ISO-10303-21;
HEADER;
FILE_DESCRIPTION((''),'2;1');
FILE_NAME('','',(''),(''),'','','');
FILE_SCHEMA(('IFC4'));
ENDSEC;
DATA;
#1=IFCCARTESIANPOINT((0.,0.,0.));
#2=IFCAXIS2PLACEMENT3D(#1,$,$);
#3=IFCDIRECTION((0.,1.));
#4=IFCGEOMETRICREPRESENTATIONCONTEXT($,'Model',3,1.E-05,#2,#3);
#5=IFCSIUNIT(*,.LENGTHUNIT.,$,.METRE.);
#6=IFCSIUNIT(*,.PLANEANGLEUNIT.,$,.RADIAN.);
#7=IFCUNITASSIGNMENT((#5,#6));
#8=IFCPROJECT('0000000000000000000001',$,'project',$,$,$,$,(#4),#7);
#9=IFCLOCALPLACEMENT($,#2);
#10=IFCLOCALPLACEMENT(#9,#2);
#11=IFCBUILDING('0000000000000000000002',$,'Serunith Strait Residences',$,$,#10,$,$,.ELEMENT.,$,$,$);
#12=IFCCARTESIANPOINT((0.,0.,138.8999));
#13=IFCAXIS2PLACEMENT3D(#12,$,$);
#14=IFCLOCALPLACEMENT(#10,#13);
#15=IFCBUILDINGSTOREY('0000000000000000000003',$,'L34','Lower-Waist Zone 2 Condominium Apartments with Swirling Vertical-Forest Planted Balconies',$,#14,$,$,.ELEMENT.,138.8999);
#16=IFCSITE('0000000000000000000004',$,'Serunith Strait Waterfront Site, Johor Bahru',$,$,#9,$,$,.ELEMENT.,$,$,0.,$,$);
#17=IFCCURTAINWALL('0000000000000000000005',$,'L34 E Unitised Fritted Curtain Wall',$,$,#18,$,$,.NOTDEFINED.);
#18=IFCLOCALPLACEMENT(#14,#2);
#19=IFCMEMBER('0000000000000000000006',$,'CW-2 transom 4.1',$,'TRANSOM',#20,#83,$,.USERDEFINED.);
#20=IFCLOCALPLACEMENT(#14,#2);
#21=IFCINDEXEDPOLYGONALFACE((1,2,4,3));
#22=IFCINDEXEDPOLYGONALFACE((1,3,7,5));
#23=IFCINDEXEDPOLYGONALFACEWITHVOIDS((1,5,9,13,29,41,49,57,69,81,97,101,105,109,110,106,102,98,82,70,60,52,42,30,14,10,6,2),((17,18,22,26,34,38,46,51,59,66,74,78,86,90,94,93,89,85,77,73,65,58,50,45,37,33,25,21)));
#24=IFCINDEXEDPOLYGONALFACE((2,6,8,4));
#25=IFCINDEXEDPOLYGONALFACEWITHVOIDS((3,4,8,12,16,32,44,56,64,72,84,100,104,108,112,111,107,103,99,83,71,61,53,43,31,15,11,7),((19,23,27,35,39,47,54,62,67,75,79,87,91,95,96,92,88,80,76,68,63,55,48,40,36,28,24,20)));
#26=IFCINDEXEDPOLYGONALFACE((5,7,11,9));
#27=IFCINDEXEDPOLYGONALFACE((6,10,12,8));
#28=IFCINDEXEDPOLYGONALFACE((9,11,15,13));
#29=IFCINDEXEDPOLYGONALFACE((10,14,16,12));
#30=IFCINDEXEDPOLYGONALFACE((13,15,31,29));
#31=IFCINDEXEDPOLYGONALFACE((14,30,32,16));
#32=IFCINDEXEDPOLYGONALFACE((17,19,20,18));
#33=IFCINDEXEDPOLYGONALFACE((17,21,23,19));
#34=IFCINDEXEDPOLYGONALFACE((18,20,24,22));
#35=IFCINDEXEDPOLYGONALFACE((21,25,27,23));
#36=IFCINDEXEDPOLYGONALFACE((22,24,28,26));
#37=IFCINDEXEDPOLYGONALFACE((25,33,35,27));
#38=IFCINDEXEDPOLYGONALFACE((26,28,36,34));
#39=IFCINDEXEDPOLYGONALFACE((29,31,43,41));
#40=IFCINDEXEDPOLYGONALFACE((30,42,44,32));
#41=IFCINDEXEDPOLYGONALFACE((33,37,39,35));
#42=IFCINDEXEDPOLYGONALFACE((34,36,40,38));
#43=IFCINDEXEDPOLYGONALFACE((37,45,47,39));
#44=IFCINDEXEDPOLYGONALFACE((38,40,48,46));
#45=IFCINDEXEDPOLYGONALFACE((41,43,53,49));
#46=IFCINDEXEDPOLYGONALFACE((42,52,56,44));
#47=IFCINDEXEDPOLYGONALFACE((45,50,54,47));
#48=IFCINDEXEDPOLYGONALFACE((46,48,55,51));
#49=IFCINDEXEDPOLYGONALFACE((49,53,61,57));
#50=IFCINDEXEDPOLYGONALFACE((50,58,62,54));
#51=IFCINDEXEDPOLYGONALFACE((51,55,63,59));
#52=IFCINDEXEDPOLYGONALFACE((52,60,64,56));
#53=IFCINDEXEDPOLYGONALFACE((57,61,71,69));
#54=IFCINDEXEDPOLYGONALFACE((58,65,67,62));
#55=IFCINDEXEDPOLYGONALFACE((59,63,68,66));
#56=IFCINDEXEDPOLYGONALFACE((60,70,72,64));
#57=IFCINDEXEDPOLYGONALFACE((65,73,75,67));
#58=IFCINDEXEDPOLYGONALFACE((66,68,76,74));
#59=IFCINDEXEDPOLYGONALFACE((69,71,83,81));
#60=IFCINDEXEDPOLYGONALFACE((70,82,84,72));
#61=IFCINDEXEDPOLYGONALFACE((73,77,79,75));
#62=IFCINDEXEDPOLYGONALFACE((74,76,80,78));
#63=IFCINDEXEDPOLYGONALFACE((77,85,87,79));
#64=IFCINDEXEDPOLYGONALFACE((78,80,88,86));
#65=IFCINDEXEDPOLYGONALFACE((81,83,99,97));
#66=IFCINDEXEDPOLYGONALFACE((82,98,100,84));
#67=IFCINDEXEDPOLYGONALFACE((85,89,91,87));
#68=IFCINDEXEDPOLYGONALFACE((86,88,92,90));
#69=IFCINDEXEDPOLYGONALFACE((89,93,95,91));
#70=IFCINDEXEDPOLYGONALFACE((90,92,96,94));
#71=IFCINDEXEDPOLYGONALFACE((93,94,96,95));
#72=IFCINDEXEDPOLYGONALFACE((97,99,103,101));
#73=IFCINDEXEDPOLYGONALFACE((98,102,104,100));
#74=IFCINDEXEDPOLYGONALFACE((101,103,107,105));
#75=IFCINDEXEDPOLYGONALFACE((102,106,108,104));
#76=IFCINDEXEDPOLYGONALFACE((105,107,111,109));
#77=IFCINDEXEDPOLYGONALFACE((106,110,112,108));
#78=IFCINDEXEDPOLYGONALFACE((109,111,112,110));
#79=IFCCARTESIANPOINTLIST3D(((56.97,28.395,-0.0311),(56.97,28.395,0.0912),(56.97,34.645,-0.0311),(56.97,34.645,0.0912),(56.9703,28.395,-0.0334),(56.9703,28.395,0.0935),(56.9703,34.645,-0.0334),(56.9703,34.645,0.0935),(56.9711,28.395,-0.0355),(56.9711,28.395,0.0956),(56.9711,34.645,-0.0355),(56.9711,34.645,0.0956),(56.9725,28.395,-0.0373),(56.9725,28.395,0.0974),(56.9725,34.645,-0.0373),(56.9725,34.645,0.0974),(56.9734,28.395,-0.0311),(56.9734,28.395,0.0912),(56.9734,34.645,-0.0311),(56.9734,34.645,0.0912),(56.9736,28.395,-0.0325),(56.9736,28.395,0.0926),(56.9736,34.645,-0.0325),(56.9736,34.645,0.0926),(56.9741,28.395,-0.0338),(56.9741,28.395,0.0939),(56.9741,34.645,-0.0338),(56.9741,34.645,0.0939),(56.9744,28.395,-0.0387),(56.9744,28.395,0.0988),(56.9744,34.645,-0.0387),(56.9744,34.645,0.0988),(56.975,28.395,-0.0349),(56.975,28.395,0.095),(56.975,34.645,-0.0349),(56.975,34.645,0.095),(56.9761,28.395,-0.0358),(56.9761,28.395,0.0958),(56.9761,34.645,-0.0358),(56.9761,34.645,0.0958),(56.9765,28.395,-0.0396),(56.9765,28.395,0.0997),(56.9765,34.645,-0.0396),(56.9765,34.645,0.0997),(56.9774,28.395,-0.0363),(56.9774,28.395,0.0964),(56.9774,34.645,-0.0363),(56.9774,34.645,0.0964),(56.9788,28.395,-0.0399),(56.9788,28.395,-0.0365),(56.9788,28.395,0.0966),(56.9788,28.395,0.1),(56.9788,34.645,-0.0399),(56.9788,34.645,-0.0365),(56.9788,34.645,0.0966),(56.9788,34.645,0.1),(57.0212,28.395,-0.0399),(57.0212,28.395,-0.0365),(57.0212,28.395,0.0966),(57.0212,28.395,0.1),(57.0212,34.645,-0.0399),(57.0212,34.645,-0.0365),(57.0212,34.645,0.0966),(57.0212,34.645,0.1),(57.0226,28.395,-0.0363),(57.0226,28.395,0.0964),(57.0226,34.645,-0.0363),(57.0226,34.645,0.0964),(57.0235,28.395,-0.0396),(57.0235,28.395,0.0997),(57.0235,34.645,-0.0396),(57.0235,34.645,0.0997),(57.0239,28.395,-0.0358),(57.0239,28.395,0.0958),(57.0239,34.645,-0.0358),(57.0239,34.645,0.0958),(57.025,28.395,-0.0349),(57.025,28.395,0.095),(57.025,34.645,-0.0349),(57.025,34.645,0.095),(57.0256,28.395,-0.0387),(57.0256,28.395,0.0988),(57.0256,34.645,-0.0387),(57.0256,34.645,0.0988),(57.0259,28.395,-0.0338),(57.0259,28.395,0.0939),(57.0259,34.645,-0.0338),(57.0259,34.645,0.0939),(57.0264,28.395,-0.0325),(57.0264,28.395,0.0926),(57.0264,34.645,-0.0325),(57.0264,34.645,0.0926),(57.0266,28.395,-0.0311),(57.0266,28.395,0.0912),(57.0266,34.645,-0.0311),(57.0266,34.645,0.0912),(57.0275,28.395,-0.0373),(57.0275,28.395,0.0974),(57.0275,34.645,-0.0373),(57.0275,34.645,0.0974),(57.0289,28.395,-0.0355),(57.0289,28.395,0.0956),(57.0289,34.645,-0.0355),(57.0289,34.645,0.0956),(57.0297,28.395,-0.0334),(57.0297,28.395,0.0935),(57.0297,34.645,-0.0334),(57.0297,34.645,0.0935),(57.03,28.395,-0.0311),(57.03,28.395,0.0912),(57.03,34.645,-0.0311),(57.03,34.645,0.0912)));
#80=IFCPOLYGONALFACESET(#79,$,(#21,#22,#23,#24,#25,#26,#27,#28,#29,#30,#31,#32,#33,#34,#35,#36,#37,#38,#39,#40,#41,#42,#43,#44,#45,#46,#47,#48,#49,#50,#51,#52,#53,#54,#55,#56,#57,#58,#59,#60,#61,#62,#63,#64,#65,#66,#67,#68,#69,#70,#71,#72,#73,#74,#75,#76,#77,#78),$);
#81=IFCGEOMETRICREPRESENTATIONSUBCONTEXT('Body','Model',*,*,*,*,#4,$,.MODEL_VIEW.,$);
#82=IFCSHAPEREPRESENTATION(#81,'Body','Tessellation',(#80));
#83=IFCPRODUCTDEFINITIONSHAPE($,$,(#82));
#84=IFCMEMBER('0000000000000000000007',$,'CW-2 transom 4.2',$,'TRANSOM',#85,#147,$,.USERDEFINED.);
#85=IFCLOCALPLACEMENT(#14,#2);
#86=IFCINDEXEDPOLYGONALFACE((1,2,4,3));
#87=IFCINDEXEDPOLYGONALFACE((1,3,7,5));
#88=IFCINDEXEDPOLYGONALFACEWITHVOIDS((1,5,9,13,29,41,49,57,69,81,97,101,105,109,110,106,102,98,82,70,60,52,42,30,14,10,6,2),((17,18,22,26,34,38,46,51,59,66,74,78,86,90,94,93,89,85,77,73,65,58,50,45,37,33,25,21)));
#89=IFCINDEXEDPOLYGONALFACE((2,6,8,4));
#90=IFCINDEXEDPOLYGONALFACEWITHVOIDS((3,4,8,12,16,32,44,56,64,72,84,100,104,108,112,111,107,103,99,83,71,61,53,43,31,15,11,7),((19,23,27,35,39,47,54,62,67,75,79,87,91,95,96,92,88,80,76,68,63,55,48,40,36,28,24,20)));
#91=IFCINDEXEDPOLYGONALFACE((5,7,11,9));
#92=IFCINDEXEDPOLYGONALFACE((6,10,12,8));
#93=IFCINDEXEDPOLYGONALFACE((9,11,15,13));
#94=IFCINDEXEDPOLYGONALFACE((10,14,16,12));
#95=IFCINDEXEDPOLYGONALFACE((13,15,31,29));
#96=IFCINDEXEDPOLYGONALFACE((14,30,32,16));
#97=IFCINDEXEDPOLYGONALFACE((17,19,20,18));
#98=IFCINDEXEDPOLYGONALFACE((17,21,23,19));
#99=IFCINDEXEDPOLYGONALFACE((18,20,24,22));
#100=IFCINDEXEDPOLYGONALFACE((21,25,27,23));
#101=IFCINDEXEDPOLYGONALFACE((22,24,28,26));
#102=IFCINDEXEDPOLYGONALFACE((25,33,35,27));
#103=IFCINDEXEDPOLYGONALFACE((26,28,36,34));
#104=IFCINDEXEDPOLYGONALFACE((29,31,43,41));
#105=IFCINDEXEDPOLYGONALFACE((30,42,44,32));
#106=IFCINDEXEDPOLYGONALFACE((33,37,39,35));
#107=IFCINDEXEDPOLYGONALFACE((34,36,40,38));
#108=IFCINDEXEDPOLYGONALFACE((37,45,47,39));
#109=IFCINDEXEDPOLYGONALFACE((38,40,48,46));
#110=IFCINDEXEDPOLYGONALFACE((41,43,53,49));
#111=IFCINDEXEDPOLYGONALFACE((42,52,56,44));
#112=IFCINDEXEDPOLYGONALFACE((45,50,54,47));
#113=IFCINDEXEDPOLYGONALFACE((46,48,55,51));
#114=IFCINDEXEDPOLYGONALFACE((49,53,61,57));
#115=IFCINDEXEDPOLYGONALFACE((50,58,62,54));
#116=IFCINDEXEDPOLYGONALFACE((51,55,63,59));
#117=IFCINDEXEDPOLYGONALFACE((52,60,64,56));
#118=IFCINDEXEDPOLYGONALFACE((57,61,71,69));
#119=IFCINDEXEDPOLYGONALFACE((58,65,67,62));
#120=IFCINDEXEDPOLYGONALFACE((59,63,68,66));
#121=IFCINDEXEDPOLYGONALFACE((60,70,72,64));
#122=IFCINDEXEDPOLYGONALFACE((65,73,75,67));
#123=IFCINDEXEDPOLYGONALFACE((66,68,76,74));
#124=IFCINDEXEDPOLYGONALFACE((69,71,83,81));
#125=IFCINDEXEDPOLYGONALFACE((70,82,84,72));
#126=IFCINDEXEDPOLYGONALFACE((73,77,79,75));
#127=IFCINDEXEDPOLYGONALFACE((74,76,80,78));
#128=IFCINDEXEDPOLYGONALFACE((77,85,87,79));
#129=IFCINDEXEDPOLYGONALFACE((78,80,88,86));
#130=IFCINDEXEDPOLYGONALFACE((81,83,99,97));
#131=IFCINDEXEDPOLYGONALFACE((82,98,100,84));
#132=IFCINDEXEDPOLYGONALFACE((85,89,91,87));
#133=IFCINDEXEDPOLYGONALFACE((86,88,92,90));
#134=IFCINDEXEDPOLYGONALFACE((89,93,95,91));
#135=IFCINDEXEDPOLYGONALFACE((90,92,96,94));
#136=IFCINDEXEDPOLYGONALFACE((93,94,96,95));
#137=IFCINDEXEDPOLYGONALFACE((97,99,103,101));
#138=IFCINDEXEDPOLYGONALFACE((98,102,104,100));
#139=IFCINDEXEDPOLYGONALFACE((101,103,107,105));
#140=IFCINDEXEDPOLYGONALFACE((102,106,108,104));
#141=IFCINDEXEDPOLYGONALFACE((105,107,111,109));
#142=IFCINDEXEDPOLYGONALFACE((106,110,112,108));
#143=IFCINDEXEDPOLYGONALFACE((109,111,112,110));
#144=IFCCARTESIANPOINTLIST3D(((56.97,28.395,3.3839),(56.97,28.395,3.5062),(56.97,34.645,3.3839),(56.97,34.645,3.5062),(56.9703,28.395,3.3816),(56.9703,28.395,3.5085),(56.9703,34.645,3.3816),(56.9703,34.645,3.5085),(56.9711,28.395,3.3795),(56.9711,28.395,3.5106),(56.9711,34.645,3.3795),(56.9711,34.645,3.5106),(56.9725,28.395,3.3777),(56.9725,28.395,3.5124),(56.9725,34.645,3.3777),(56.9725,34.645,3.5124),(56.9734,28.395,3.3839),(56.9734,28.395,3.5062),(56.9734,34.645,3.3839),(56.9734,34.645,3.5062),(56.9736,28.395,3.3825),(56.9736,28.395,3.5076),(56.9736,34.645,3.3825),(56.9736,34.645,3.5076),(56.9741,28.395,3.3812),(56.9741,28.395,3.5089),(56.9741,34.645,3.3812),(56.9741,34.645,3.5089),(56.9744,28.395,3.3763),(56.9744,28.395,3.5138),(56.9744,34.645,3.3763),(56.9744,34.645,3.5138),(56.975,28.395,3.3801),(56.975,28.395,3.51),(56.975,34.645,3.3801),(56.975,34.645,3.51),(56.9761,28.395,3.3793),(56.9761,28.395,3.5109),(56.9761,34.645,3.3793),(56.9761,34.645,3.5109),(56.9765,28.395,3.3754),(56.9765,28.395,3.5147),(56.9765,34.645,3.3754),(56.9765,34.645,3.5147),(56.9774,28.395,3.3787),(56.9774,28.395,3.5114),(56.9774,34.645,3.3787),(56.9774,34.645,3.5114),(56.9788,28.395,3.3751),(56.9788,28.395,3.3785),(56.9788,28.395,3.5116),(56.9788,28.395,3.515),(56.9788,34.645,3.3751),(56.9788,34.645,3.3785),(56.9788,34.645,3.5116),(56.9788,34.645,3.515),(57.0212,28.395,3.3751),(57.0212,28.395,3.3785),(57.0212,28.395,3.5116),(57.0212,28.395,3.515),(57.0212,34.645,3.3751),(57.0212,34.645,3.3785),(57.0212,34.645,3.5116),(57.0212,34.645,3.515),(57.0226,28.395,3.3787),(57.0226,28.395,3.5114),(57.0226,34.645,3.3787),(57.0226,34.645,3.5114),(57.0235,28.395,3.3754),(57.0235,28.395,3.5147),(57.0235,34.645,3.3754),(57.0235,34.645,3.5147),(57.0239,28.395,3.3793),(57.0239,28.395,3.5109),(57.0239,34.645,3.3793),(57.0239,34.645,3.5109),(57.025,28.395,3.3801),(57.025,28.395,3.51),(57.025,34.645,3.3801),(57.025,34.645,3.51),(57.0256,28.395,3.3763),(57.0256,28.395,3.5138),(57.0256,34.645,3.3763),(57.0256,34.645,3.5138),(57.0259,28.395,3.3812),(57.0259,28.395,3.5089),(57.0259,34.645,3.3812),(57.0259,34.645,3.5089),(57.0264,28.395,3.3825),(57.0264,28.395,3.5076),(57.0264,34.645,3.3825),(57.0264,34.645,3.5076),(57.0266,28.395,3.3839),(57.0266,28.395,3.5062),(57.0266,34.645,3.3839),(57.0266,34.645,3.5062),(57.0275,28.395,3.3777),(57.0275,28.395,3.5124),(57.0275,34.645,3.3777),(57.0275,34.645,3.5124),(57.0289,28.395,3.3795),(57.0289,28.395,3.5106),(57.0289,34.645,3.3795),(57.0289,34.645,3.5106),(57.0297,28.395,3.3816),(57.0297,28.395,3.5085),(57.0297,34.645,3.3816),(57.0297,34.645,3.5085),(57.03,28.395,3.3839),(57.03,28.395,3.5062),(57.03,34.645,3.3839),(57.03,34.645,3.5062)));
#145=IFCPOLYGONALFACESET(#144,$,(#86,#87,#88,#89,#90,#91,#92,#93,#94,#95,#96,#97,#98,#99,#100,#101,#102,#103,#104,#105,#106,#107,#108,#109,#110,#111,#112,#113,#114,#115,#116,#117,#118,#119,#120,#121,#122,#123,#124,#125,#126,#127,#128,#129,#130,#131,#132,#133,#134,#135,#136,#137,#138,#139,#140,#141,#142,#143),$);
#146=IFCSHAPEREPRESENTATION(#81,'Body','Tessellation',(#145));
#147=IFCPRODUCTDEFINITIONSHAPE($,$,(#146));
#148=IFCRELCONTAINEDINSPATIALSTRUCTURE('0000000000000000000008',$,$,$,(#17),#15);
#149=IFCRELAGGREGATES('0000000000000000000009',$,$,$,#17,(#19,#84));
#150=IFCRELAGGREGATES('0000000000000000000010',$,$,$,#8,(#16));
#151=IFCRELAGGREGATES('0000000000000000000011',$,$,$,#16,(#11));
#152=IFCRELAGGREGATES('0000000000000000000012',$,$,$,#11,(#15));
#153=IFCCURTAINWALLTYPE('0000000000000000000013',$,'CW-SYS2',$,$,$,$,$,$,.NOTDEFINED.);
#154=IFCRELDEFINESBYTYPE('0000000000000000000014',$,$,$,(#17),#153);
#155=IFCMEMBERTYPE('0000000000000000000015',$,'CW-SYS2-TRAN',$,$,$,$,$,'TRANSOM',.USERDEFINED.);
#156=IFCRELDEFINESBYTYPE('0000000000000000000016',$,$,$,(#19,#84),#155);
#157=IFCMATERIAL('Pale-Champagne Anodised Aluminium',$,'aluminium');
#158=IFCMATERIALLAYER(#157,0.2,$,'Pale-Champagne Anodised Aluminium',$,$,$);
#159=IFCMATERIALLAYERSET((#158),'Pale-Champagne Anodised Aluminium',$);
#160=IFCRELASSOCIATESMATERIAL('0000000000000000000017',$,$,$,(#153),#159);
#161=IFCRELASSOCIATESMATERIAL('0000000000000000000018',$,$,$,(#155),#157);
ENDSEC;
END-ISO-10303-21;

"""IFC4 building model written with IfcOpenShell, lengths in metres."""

from ifc_helpers import new_model, si_unit, direction, frame, origin, origin_2d, place, context, subcontext, project, spatial, hollow_rectangle, extrude, source, transform, mapped, material, layer, layer_set, material_profile, profile_set, type_object, element, aggregate, save


model = new_model("IFC4")

# Units and contexts
model_context = context("Model", 3, precision=1e-05, world=origin(), true_north=direction((0.0, 1.0)))
body_context = subcontext(model_context, "Body", "Model", "MODEL_VIEW")
ifc_project = project(units=[si_unit("LENGTHUNIT", "METRE"), si_unit("PLANEANGLEUNIT", "RADIAN")], contexts=[model_context])

# Site, building, storey
site_placement = place(None, origin())
site = spatial("IfcSite", under=ifc_project, at=site_placement, Name="Serunith Strait Waterfront Site, Johor Bahru", CompositionType="ELEMENT", RefElevation=0.0)
building_placement = place(site_placement, origin())
building = spatial("IfcBuilding", under=site, at=building_placement, Name="Serunith Strait Residences", CompositionType="ELEMENT")
storey_placement = place(building_placement, frame((0.0, 0.0, 138.8999)))
storey = spatial("IfcBuildingStorey", under=building, at=storey_placement, Name="L34", Description="Lower-Waist Zone 2 Condominium Apartments with Swirling Vertical-Forest Planted Balconies", CompositionType="ELEMENT", Elevation=138.8999)

# Curtain wall, members
ifc_material_1 = material(Name="Pale-Champagne Anodised Aluminium", Category="aluminium")
ifc_layer_1 = layer(ifc_material_1, 0.2, Name="Pale-Champagne Anodised Aluminium")
ifc_layer_set_1 = layer_set([ifc_layer_1], Name="Pale-Champagne Anodised Aluminium")
curtain_wall_type = type_object("IfcCurtainWallType", Name="CW-SYS2", PredefinedType="NOTDEFINED", material=ifc_layer_set_1)
curtain_wall_placement = place(storey_placement, origin())
curtain_wall = element("IfcCurtainWall", 1, at=curtain_wall_placement, inside=storey, type_object=curtain_wall_type, Name="L34 E Unitised Fritted Curtain Wall", PredefinedType="NOTDEFINED")
ifc_material_profile_1 = material_profile(ifc_material_1, hollow_rectangle(XDim=0.0601, YDim=0.1399, WallThickness=0.0034, InnerFilletRadius=0.0054, OuterFilletRadius=0.0088, at=origin_2d()), Name="ALU 140x60x3.5")
ifc_profile_set_1 = profile_set([ifc_material_profile_1], Name="Pale-Champagne Anodised Aluminium")
member_type_1 = type_object("IfcMemberType", Name="CW-SYS2-TRAN", ElementType="TRANSOM", PredefinedType="USERDEFINED", material=ifc_profile_set_1)
shared_shape_1 = source(origin(), body_context, "Body", "SweptSolid", [
    extrude(hollow_rectangle(XDim=0.0601, YDim=0.1399, WallThickness=0.0034, InnerFilletRadius=0.0054, OuterFilletRadius=0.0088, at=origin_2d()), origin(), (0.0, 0.0, 1.0), 6.25),
])
member_1_placement = place(storey_placement, frame((57.0, 28.395, 0.03), z_axis=(0.0, 1.0, 0.0), x_axis=(-1.0, 0.0, 0.0)))
member_1 = element("IfcMember", 2, at=member_1_placement, type_object=member_type_1, Name="CW-2 transom 4.1", ObjectType="TRANSOM", PredefinedType="USERDEFINED", context=body_context, shape_type="MappedRepresentation", body=[
    mapped(shared_shape_1, transform((0.0, 0.0, 0.0), scale=1.0)),
])
member_2_placement = place(storey_placement, frame((57.0, 28.395, 3.4451), z_axis=(0.0, 1.0, 0.0), x_axis=(-1.0, 0.0, 0.0)))
member_2 = element("IfcMember", 3, at=member_2_placement, type_object=member_type_1, Name="CW-2 transom 4.2", ObjectType="TRANSOM", PredefinedType="USERDEFINED", context=body_context, shape_type="MappedRepresentation", body=[
    mapped(shared_shape_1, transform((0.0, 0.0, 0.0), scale=1.0)),
])
aggregate(curtain_wall, [member_1, member_2])

save(model, "model.ifc")
